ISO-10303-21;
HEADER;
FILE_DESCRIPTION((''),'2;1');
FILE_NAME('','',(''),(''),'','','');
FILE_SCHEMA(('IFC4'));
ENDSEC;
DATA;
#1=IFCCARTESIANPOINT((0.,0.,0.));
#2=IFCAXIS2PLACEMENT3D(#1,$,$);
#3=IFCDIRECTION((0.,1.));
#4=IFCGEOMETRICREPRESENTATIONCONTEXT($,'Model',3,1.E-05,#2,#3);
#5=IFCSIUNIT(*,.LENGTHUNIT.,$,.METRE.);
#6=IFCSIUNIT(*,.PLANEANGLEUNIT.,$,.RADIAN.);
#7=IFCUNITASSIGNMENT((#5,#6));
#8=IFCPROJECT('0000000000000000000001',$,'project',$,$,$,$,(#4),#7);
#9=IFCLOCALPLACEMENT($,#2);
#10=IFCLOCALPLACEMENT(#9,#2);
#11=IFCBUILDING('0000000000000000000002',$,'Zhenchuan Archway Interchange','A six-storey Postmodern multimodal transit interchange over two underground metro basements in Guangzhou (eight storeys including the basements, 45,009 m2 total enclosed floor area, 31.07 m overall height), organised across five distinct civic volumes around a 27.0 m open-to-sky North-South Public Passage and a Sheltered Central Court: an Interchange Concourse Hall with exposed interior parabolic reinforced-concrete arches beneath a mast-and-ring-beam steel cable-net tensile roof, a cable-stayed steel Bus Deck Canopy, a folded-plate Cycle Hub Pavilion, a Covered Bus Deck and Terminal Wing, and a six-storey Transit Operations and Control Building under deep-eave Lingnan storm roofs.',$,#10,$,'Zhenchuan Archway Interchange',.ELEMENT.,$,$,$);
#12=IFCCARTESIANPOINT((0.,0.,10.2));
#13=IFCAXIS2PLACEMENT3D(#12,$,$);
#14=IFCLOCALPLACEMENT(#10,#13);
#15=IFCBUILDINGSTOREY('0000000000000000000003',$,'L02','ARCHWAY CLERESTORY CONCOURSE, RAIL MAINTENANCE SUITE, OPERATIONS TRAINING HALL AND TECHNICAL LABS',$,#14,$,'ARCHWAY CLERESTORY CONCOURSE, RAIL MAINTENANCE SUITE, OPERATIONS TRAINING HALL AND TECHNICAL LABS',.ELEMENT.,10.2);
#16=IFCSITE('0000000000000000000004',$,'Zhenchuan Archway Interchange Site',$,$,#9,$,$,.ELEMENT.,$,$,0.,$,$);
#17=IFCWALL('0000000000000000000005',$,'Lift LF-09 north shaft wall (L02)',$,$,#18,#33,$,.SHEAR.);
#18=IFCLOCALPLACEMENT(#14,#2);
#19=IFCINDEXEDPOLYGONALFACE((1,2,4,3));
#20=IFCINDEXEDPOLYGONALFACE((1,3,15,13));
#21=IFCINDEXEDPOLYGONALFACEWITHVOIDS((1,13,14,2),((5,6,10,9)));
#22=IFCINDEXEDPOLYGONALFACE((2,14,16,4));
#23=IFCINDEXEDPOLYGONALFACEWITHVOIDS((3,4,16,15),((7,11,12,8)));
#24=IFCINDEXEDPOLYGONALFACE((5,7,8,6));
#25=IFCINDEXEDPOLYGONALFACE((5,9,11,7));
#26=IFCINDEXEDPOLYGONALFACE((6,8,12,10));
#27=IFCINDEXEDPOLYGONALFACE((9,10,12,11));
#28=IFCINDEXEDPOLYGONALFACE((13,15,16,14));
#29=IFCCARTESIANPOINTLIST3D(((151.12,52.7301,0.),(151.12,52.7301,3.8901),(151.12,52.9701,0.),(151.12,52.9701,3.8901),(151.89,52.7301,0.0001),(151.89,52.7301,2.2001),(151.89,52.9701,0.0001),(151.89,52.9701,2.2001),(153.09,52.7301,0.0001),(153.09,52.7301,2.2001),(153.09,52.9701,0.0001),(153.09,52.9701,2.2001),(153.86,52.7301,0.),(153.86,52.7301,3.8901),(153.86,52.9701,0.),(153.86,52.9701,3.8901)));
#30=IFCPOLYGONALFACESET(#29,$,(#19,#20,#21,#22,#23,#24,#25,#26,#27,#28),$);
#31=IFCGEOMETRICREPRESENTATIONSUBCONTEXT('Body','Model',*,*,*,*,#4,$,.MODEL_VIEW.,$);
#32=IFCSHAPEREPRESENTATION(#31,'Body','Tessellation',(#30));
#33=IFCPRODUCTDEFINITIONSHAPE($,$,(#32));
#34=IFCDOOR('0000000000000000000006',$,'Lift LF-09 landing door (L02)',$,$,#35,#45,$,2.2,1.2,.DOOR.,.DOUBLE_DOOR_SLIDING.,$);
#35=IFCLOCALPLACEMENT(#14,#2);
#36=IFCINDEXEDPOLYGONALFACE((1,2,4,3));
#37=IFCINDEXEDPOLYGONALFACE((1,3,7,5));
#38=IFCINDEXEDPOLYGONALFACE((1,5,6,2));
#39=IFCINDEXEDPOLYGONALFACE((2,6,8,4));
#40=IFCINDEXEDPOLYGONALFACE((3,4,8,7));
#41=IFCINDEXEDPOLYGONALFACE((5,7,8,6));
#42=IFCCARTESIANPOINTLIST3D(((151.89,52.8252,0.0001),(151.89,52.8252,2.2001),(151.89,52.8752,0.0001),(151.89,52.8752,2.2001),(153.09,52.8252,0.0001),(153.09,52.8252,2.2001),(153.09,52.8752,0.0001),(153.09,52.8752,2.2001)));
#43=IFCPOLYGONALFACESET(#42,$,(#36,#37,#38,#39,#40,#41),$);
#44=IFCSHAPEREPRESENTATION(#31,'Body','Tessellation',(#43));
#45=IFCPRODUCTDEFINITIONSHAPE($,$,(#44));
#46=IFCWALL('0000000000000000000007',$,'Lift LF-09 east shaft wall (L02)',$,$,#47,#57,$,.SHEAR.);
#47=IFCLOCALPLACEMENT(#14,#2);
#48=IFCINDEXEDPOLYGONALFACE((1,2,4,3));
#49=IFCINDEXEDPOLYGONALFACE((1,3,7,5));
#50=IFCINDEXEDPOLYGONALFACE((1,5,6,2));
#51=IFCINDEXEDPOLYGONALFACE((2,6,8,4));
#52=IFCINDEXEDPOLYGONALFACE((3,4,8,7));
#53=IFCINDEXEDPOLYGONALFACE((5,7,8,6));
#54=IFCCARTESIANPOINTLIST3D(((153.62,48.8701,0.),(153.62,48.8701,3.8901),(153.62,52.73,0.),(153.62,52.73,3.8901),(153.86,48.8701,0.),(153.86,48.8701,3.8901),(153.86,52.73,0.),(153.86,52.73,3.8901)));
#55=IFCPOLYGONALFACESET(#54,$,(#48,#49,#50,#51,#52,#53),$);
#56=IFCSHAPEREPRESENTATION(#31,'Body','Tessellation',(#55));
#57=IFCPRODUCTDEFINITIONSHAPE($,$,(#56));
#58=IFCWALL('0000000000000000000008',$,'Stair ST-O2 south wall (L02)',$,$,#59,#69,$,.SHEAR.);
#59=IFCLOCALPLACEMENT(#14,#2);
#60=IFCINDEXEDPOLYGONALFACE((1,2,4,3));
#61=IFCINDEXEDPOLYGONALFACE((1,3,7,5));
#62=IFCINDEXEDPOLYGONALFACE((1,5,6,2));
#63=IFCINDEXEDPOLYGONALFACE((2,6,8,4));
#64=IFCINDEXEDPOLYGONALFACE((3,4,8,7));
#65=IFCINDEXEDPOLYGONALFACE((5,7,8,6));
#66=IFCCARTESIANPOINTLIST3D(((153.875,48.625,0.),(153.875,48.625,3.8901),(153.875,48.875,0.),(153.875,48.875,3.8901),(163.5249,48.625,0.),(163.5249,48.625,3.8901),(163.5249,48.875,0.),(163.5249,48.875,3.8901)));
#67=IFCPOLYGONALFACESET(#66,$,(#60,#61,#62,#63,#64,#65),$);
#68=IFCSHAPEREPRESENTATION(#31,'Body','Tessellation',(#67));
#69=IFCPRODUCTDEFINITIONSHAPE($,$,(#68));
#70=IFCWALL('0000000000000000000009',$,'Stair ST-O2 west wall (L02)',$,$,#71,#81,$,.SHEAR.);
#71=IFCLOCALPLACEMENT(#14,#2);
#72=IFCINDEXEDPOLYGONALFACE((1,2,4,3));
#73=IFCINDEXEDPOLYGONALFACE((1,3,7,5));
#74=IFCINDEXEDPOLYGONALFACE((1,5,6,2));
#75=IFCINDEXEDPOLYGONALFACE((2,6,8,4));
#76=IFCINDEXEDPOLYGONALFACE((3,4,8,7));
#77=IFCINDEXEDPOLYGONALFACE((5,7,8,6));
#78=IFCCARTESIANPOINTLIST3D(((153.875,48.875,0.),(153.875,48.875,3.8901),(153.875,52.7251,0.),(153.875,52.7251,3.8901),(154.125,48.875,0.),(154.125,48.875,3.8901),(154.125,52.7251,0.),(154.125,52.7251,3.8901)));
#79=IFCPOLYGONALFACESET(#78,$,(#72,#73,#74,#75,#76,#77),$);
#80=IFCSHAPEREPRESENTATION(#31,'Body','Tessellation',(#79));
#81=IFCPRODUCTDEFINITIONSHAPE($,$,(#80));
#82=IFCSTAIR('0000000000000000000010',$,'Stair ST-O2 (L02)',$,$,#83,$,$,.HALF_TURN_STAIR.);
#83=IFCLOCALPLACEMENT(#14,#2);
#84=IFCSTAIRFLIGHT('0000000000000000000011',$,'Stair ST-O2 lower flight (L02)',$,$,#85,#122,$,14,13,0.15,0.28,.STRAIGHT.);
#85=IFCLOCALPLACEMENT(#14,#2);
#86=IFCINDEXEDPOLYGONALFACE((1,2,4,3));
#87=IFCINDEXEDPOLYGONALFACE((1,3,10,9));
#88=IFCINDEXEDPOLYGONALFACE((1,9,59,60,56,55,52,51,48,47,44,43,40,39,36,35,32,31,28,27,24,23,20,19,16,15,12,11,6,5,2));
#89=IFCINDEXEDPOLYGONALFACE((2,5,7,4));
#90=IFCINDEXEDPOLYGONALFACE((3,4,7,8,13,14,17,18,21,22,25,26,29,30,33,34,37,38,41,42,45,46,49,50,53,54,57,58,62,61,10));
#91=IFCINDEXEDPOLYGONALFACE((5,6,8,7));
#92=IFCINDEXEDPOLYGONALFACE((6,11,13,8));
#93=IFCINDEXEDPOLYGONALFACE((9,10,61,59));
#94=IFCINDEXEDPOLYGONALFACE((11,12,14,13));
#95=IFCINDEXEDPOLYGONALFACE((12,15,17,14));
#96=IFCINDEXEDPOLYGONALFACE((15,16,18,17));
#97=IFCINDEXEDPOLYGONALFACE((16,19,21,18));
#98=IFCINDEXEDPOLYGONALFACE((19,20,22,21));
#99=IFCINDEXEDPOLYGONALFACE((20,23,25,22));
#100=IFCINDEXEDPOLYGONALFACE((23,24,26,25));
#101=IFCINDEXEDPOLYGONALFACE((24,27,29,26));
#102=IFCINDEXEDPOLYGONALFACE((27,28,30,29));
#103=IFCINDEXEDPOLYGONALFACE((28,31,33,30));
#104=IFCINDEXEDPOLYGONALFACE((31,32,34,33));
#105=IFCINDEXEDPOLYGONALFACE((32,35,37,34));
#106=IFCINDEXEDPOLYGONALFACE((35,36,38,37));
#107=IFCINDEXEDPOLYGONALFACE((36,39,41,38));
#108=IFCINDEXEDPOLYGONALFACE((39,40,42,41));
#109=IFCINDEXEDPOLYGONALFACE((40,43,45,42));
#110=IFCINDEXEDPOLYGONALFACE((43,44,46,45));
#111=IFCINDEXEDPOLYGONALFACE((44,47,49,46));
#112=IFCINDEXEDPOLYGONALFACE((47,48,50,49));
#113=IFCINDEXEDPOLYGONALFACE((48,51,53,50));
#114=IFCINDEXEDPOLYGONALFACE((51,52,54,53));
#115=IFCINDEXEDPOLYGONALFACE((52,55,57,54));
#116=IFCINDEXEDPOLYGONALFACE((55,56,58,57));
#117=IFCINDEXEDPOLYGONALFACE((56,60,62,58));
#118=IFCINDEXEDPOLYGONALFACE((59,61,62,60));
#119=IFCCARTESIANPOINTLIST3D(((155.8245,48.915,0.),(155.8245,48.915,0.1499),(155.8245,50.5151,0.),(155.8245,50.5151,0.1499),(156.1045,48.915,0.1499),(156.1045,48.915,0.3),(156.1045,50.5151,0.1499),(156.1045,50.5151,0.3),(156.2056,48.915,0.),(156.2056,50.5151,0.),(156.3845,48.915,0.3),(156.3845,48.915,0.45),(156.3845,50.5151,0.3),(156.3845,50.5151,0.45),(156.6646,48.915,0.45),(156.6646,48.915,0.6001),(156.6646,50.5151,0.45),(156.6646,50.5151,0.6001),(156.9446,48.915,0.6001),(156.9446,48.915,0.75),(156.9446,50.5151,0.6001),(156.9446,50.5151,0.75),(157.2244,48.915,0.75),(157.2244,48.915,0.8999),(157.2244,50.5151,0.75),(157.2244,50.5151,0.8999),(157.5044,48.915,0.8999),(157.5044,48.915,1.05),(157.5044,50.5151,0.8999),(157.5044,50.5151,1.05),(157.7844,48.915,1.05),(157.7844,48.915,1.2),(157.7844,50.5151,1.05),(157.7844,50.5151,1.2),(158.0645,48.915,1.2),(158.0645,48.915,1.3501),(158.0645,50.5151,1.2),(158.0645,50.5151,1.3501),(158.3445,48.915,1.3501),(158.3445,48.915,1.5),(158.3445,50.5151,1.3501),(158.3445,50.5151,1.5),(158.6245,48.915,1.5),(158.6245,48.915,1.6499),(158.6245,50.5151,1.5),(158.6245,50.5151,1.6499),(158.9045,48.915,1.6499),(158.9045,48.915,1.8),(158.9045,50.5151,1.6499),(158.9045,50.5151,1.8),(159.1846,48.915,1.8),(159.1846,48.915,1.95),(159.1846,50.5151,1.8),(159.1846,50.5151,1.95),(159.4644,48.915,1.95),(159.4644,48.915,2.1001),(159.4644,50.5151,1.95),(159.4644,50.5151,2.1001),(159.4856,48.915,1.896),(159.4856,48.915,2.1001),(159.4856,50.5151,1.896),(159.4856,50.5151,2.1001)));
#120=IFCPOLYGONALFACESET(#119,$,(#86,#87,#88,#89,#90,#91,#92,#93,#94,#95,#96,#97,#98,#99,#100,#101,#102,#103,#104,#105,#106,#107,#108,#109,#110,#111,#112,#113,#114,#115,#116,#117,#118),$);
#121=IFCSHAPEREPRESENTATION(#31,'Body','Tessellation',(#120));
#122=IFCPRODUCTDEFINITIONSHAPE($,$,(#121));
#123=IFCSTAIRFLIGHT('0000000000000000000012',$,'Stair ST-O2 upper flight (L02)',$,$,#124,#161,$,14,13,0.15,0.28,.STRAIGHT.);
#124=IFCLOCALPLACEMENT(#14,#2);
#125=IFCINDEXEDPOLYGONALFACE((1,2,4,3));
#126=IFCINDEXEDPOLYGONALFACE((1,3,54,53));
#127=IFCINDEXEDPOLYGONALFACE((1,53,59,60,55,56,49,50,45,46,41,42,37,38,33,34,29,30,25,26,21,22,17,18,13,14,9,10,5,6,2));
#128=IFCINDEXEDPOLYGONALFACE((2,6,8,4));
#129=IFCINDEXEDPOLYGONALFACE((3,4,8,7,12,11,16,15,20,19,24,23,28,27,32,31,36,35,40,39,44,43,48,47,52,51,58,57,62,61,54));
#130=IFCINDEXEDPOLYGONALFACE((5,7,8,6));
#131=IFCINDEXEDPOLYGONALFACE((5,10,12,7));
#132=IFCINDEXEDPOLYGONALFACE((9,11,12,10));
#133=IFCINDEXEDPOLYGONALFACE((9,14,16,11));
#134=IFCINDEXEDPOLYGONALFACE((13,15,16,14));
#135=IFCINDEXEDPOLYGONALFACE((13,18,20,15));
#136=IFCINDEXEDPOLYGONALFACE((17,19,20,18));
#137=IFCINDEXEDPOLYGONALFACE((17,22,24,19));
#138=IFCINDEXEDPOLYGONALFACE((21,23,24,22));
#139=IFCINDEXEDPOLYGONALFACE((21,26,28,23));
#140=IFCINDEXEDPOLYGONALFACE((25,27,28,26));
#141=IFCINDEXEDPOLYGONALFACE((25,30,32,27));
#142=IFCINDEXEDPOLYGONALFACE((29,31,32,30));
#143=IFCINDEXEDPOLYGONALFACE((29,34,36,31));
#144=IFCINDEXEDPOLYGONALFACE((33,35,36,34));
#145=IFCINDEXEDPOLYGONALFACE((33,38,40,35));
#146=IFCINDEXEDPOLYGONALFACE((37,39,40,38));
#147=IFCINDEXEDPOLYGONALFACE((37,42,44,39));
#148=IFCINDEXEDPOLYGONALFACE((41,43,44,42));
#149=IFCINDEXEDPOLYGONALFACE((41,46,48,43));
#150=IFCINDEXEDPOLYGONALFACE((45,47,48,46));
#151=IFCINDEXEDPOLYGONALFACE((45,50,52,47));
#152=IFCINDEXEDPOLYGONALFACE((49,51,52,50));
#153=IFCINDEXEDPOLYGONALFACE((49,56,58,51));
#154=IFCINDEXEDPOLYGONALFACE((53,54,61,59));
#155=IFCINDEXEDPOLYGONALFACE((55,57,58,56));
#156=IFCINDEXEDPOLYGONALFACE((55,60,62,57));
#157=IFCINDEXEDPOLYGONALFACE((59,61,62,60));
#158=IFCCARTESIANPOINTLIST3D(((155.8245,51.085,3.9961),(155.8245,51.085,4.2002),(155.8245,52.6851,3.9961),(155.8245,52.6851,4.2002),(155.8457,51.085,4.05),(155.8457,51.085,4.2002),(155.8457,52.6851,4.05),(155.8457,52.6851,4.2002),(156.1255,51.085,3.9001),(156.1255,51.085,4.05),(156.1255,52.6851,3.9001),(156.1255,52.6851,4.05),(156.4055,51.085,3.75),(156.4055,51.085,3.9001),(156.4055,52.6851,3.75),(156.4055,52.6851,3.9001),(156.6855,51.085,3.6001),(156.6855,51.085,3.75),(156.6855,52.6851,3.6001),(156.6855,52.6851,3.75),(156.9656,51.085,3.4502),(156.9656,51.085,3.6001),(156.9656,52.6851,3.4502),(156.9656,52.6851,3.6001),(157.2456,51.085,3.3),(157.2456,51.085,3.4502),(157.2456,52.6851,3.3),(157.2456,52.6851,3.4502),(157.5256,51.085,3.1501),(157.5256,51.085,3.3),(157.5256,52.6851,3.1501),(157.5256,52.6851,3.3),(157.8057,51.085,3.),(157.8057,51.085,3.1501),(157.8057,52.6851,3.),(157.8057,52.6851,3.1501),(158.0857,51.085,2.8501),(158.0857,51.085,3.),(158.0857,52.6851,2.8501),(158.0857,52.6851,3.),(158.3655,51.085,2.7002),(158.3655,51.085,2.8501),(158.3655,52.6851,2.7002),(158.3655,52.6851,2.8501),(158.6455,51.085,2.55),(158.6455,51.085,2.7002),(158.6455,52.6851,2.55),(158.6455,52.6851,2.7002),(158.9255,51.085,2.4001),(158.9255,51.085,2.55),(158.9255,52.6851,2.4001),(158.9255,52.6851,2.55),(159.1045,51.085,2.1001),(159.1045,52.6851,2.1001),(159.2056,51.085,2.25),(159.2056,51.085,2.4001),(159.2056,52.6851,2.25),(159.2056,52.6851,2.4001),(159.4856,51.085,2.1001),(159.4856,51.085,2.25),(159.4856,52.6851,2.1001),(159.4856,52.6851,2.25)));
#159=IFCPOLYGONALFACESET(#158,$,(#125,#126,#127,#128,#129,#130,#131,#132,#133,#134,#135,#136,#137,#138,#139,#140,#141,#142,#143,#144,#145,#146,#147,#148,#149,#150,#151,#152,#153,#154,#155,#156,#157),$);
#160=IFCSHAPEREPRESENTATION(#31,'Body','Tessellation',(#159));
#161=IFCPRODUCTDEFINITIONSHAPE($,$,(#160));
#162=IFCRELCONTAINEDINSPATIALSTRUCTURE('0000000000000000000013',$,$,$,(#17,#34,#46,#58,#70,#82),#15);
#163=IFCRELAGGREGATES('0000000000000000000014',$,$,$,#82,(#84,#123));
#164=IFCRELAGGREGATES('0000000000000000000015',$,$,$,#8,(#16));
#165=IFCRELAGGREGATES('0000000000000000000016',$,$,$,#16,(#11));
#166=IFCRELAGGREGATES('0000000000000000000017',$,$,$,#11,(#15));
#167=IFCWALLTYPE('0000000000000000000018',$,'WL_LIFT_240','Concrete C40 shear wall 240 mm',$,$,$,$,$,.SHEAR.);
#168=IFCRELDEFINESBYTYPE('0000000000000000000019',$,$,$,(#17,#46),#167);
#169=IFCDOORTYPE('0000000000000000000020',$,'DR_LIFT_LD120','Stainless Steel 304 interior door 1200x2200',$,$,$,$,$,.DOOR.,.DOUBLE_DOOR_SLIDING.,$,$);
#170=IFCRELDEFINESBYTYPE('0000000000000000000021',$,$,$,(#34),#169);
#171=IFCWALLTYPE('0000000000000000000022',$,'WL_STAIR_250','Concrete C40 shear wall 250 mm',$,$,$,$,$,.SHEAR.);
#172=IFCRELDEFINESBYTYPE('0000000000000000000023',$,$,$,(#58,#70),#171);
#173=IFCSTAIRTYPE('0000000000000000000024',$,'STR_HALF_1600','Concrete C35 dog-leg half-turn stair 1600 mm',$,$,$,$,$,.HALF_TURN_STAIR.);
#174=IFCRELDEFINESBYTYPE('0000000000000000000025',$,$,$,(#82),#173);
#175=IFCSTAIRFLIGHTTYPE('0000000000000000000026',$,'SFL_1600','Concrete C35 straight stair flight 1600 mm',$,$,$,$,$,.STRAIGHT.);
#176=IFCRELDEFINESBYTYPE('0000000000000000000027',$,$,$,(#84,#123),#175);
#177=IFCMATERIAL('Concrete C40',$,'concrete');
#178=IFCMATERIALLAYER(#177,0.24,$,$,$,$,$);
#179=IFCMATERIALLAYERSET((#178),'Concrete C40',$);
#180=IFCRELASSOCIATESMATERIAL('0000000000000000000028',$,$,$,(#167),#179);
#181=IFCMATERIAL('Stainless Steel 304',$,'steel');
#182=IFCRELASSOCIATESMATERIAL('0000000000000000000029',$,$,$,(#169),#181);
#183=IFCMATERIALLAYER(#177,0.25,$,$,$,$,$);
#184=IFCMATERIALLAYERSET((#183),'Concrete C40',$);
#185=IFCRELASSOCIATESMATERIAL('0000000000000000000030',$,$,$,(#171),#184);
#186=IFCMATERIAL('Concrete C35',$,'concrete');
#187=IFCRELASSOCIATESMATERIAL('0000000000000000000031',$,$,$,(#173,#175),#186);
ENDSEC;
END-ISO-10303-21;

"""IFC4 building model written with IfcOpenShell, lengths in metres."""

from ifc_helpers import new_model, si_unit, direction, frame, frame_2d, origin, place, context, subcontext, project, spatial, polyline, rectangle, outline, extrude, material, layer, layer_set, type_object, element, fill, aggregate, save


model = new_model("IFC4")

# Units and contexts
model_context = context("Model", 3, precision=1e-05, world=origin(), true_north=direction((0.0, 1.0)))
body_context = subcontext(model_context, "Body", "Model", "MODEL_VIEW")
ifc_project = project(units=[si_unit("LENGTHUNIT", "METRE"), si_unit("PLANEANGLEUNIT", "RADIAN")], contexts=[model_context])

# Site, building, storey
site_placement = place(None, origin())
site = spatial("IfcSite", under=ifc_project, at=site_placement, Name="Zhenchuan Archway Interchange Site", CompositionType="ELEMENT", RefElevation=0.0)
building_placement = place(site_placement, origin())
building = spatial("IfcBuilding", under=site, at=building_placement, Name="Zhenchuan Archway Interchange", Description="A six-storey Postmodern multimodal transit interchange over two underground metro basements in Guangzhou (eight storeys including the basements, 45,009 m2 total enclosed floor area, 31.07 m overall height), organised across five distinct civic volumes around a 27.0 m open-to-sky North-South Public Passage and a Sheltered Central Court: an Interchange Concourse Hall with exposed interior parabolic reinforced-concrete arches beneath a mast-and-ring-beam steel cable-net tensile roof, a cable-stayed steel Bus Deck Canopy, a folded-plate Cycle Hub Pavilion, a Covered Bus Deck and Terminal Wing, and a six-storey Transit Operations and Control Building under deep-eave Lingnan storm roofs.", LongName="Zhenchuan Archway Interchange", CompositionType="ELEMENT")
storey_placement = place(building_placement, frame((0.0, 0.0, 10.2)))
storey = spatial("IfcBuildingStorey", under=building, at=storey_placement, Name="L02", Description="ARCHWAY CLERESTORY CONCOURSE, RAIL MAINTENANCE SUITE, OPERATIONS TRAINING HALL AND TECHNICAL LABS", LongName="ARCHWAY CLERESTORY CONCOURSE, RAIL MAINTENANCE SUITE, OPERATIONS TRAINING HALL AND TECHNICAL LABS", CompositionType="ELEMENT", Elevation=10.2)

# Shared definitions
ifc_material_1 = material(Name="Concrete C40", Category="concrete")

# Wall, opening, door
ifc_layer_1 = layer(ifc_material_1, 0.24)
ifc_layer_set_1 = layer_set([ifc_layer_1], Name="Concrete C40")
wall_type_1 = type_object("IfcWallType", Name="WL_LIFT_240", Description="Concrete C40 shear wall 240 mm", PredefinedType="SHEAR", material=ifc_layer_set_1)
wall_1_placement = place(storey_placement, frame((153.8601, 52.8501, 0.0), z_axis=(0.0, 0.0, 1.0), x_axis=(-1.0, 0.0, 0.0)))
wall_1 = element("IfcWall", 1, at=wall_1_placement, inside=storey, type_object=wall_type_1, Name="Lift LF-09 north shaft wall (L02)", PredefinedType="SHEAR", context=body_context, shape_type="SweptSolid", body=[
    extrude(rectangle(XDim=2.74, YDim=0.24, at=frame_2d((1.3701, 0.0))), origin(), (0.0, 0.0, 1.0), 3.8901),
])
opening_placement = place(wall_1_placement, frame((0.77, 0.0, 0.0)))
opening = element("IfcOpeningElement", 2, at=opening_placement, cuts=wall_1, PredefinedType="OPENING", context=body_context, shape_type="SweptSolid", body=[
    extrude(rectangle(XDim=1.2, YDim=2.2, at=frame_2d((0.6001, 1.1001))), frame((0.0, 0.1318, 0.0), z_axis=(0.0, -1.0, 0.0), x_axis=(1.0, 0.0, 0.0)), (0.0, 0.0, 1.0), 0.2639),
])
ifc_material_2 = material(Name="Stainless Steel 304", Category="steel")
door_type = type_object("IfcDoorType", Name="DR_LIFT_LD120", Description="Stainless Steel 304 interior door 1200x2200", OperationType="DOUBLE_DOOR_SLIDING", PredefinedType="DOOR", material=ifc_material_2)
door_placement = place(opening_placement, origin())
door = element("IfcDoor", 3, at=door_placement, inside=storey, type_object=door_type, Name="Lift LF-09 landing door (L02)", OperationType="DOUBLE_DOOR_SLIDING", OverallHeight=2.2, OverallWidth=1.2, PredefinedType="DOOR", context=body_context, shape_type="SweptSolid", body=[
    extrude(rectangle(XDim=1.2, YDim=2.2, at=frame_2d((0.6001, 1.1001))), frame((0.0, 0.0249, 0.0), z_axis=(0.0, -1.0, 0.0), x_axis=(1.0, 0.0, 0.0)), (0.0, 0.0, 1.0), 0.05),
])
fill(opening, door)

# Walls
wall_2_placement = place(storey_placement, frame((153.74, 48.8701, 0.0), z_axis=(0.0, 0.0, 1.0), x_axis=(0.0, 1.0, 0.0)))
element("IfcWall", 4, at=wall_2_placement, inside=storey, type_object=wall_type_1, Name="Lift LF-09 east shaft wall (L02)", PredefinedType="SHEAR", context=body_context, shape_type="SweptSolid", body=[
    extrude(rectangle(XDim=3.8599, YDim=0.24, at=frame_2d((1.9299, 0.0))), origin(), (0.0, 0.0, 1.0), 3.8901),
])
ifc_layer_2 = layer(ifc_material_1, 0.25)
ifc_layer_set_2 = layer_set([ifc_layer_2], Name="Concrete C40")
wall_type_2 = type_object("IfcWallType", Name="WL_STAIR_250", Description="Concrete C40 shear wall 250 mm", PredefinedType="SHEAR", material=ifc_layer_set_2)
wall_3_placement = place(storey_placement, frame((153.875, 48.75, 0.0), z_axis=(0.0, 0.0, 1.0), x_axis=(1.0, 0.0, 0.0)))
element("IfcWall", 5, at=wall_3_placement, inside=storey, type_object=wall_type_2, Name="Stair ST-O2 south wall (L02)", PredefinedType="SHEAR", context=body_context, shape_type="SweptSolid", body=[
    extrude(rectangle(XDim=9.6499, YDim=0.25, at=frame_2d((4.825, 0.0))), origin(), (0.0, 0.0, 1.0), 3.8901),
])
wall_4_placement = place(storey_placement, frame((154.0, 52.7251, 0.0), z_axis=(0.0, 0.0, 1.0), x_axis=(0.0, -1.0, 0.0)))
element("IfcWall", 6, at=wall_4_placement, inside=storey, type_object=wall_type_2, Name="Stair ST-O2 west wall (L02)", PredefinedType="SHEAR", context=body_context, shape_type="SweptSolid", body=[
    extrude(rectangle(XDim=3.8501, YDim=0.25, at=frame_2d((1.925, 0.0))), origin(), (0.0, 0.0, 1.0), 3.8901),
])

# Stair, stair flights
ifc_material_3 = material(Name="Concrete C35", Category="concrete")
stair_type = type_object("IfcStairType", Name="STR_HALF_1600", Description="Concrete C35 dog-leg half-turn stair 1600 mm", PredefinedType="HALF_TURN_STAIR", material=ifc_material_3)
stair_placement = place(storey_placement, origin())
stair = element("IfcStair", 7, at=stair_placement, inside=storey, type_object=stair_type, Name="Stair ST-O2 (L02)", PredefinedType="HALF_TURN_STAIR")
stair_flight_type = type_object("IfcStairFlightType", Name="SFL_1600", Description="Concrete C35 straight stair flight 1600 mm", PredefinedType="STRAIGHT", material=ifc_material_3)
stair_flight_1_placement = place(storey_placement, frame((155.8245, 49.7151, 0.0), z_axis=(0.0, 0.0, 1.0), x_axis=(1.0, 0.0, 0.0)))
stair_flight_1 = element("IfcStairFlight", 8, at=stair_flight_1_placement, type_object=stair_flight_type, Name="Stair ST-O2 lower flight (L02)", NumberOfRisers=14, NumberOfTreads=13, PredefinedType="STRAIGHT", RiserHeight=0.15, TreadLength=0.28, context=body_context, shape_type="SweptSolid", body=[
    extrude(outline(polyline([(0.0, 0.0), (0.0, 0.1499), (0.28, 0.1499), (0.28, 0.3), (0.5601, 0.3), (0.5601, 0.45), (0.8401, 0.45), (0.8401, 0.6001), (1.1201, 0.6001), (1.1201, 0.75), (1.3999, 0.75), (1.3999, 0.8999), (1.6799, 0.8999), (1.6799, 1.05), (1.96, 1.05), (1.96, 1.2), (2.24, 1.2), (2.24, 1.3501), (2.52, 1.3501), (2.52, 1.5), (2.8, 1.5), (2.8, 1.6499), (3.0801, 1.6499), (3.0801, 1.8), (3.3601, 1.8), (3.3601, 1.95), (3.6399, 1.95), (3.6399, 2.1001), (3.6611, 2.1001), (3.6611, 1.896), (0.3811, 0.0), (0.0, 0.0)])), frame((0.0, 0.8, 0.0), z_axis=(0.0, -1.0, 0.0), x_axis=(1.0, 0.0, 0.0)), (0.0, 0.0, 1.0), 1.6001),
])
stair_flight_2_placement = place(storey_placement, frame((159.4856, 51.885, 2.1001), z_axis=(0.0, 0.0, 1.0), x_axis=(-1.0, 0.0, 0.0)))
stair_flight_2 = element("IfcStairFlight", 9, at=stair_flight_2_placement, type_object=stair_flight_type, Name="Stair ST-O2 upper flight (L02)", NumberOfRisers=14, NumberOfTreads=13, PredefinedType="STRAIGHT", RiserHeight=0.15, TreadLength=0.28, context=body_context, shape_type="SweptSolid", body=[
    extrude(outline(polyline([(0.0, 0.0), (0.0, 0.1499), (0.28, 0.1499), (0.28, 0.3), (0.5601, 0.3), (0.5601, 0.45), (0.8401, 0.45), (0.8401, 0.6001), (1.1201, 0.6001), (1.1201, 0.75), (1.3999, 0.75), (1.3999, 0.8999), (1.6799, 0.8999), (1.6799, 1.05), (1.96, 1.05), (1.96, 1.2), (2.24, 1.2), (2.24, 1.3501), (2.52, 1.3501), (2.52, 1.5), (2.8, 1.5), (2.8, 1.6499), (3.0801, 1.6499), (3.0801, 1.8), (3.3601, 1.8), (3.3601, 1.95), (3.6399, 1.95), (3.6399, 2.1001), (3.6611, 2.1001), (3.6611, 1.896), (0.3811, 0.0), (0.0, 0.0)])), frame((0.0, 0.8, 0.0), z_axis=(0.0, -1.0, 0.0), x_axis=(1.0, 0.0, 0.0)), (0.0, 0.0, 1.0), 1.6001),
])
aggregate(stair, [stair_flight_1, stair_flight_2])

save(model, "model.ifc")
